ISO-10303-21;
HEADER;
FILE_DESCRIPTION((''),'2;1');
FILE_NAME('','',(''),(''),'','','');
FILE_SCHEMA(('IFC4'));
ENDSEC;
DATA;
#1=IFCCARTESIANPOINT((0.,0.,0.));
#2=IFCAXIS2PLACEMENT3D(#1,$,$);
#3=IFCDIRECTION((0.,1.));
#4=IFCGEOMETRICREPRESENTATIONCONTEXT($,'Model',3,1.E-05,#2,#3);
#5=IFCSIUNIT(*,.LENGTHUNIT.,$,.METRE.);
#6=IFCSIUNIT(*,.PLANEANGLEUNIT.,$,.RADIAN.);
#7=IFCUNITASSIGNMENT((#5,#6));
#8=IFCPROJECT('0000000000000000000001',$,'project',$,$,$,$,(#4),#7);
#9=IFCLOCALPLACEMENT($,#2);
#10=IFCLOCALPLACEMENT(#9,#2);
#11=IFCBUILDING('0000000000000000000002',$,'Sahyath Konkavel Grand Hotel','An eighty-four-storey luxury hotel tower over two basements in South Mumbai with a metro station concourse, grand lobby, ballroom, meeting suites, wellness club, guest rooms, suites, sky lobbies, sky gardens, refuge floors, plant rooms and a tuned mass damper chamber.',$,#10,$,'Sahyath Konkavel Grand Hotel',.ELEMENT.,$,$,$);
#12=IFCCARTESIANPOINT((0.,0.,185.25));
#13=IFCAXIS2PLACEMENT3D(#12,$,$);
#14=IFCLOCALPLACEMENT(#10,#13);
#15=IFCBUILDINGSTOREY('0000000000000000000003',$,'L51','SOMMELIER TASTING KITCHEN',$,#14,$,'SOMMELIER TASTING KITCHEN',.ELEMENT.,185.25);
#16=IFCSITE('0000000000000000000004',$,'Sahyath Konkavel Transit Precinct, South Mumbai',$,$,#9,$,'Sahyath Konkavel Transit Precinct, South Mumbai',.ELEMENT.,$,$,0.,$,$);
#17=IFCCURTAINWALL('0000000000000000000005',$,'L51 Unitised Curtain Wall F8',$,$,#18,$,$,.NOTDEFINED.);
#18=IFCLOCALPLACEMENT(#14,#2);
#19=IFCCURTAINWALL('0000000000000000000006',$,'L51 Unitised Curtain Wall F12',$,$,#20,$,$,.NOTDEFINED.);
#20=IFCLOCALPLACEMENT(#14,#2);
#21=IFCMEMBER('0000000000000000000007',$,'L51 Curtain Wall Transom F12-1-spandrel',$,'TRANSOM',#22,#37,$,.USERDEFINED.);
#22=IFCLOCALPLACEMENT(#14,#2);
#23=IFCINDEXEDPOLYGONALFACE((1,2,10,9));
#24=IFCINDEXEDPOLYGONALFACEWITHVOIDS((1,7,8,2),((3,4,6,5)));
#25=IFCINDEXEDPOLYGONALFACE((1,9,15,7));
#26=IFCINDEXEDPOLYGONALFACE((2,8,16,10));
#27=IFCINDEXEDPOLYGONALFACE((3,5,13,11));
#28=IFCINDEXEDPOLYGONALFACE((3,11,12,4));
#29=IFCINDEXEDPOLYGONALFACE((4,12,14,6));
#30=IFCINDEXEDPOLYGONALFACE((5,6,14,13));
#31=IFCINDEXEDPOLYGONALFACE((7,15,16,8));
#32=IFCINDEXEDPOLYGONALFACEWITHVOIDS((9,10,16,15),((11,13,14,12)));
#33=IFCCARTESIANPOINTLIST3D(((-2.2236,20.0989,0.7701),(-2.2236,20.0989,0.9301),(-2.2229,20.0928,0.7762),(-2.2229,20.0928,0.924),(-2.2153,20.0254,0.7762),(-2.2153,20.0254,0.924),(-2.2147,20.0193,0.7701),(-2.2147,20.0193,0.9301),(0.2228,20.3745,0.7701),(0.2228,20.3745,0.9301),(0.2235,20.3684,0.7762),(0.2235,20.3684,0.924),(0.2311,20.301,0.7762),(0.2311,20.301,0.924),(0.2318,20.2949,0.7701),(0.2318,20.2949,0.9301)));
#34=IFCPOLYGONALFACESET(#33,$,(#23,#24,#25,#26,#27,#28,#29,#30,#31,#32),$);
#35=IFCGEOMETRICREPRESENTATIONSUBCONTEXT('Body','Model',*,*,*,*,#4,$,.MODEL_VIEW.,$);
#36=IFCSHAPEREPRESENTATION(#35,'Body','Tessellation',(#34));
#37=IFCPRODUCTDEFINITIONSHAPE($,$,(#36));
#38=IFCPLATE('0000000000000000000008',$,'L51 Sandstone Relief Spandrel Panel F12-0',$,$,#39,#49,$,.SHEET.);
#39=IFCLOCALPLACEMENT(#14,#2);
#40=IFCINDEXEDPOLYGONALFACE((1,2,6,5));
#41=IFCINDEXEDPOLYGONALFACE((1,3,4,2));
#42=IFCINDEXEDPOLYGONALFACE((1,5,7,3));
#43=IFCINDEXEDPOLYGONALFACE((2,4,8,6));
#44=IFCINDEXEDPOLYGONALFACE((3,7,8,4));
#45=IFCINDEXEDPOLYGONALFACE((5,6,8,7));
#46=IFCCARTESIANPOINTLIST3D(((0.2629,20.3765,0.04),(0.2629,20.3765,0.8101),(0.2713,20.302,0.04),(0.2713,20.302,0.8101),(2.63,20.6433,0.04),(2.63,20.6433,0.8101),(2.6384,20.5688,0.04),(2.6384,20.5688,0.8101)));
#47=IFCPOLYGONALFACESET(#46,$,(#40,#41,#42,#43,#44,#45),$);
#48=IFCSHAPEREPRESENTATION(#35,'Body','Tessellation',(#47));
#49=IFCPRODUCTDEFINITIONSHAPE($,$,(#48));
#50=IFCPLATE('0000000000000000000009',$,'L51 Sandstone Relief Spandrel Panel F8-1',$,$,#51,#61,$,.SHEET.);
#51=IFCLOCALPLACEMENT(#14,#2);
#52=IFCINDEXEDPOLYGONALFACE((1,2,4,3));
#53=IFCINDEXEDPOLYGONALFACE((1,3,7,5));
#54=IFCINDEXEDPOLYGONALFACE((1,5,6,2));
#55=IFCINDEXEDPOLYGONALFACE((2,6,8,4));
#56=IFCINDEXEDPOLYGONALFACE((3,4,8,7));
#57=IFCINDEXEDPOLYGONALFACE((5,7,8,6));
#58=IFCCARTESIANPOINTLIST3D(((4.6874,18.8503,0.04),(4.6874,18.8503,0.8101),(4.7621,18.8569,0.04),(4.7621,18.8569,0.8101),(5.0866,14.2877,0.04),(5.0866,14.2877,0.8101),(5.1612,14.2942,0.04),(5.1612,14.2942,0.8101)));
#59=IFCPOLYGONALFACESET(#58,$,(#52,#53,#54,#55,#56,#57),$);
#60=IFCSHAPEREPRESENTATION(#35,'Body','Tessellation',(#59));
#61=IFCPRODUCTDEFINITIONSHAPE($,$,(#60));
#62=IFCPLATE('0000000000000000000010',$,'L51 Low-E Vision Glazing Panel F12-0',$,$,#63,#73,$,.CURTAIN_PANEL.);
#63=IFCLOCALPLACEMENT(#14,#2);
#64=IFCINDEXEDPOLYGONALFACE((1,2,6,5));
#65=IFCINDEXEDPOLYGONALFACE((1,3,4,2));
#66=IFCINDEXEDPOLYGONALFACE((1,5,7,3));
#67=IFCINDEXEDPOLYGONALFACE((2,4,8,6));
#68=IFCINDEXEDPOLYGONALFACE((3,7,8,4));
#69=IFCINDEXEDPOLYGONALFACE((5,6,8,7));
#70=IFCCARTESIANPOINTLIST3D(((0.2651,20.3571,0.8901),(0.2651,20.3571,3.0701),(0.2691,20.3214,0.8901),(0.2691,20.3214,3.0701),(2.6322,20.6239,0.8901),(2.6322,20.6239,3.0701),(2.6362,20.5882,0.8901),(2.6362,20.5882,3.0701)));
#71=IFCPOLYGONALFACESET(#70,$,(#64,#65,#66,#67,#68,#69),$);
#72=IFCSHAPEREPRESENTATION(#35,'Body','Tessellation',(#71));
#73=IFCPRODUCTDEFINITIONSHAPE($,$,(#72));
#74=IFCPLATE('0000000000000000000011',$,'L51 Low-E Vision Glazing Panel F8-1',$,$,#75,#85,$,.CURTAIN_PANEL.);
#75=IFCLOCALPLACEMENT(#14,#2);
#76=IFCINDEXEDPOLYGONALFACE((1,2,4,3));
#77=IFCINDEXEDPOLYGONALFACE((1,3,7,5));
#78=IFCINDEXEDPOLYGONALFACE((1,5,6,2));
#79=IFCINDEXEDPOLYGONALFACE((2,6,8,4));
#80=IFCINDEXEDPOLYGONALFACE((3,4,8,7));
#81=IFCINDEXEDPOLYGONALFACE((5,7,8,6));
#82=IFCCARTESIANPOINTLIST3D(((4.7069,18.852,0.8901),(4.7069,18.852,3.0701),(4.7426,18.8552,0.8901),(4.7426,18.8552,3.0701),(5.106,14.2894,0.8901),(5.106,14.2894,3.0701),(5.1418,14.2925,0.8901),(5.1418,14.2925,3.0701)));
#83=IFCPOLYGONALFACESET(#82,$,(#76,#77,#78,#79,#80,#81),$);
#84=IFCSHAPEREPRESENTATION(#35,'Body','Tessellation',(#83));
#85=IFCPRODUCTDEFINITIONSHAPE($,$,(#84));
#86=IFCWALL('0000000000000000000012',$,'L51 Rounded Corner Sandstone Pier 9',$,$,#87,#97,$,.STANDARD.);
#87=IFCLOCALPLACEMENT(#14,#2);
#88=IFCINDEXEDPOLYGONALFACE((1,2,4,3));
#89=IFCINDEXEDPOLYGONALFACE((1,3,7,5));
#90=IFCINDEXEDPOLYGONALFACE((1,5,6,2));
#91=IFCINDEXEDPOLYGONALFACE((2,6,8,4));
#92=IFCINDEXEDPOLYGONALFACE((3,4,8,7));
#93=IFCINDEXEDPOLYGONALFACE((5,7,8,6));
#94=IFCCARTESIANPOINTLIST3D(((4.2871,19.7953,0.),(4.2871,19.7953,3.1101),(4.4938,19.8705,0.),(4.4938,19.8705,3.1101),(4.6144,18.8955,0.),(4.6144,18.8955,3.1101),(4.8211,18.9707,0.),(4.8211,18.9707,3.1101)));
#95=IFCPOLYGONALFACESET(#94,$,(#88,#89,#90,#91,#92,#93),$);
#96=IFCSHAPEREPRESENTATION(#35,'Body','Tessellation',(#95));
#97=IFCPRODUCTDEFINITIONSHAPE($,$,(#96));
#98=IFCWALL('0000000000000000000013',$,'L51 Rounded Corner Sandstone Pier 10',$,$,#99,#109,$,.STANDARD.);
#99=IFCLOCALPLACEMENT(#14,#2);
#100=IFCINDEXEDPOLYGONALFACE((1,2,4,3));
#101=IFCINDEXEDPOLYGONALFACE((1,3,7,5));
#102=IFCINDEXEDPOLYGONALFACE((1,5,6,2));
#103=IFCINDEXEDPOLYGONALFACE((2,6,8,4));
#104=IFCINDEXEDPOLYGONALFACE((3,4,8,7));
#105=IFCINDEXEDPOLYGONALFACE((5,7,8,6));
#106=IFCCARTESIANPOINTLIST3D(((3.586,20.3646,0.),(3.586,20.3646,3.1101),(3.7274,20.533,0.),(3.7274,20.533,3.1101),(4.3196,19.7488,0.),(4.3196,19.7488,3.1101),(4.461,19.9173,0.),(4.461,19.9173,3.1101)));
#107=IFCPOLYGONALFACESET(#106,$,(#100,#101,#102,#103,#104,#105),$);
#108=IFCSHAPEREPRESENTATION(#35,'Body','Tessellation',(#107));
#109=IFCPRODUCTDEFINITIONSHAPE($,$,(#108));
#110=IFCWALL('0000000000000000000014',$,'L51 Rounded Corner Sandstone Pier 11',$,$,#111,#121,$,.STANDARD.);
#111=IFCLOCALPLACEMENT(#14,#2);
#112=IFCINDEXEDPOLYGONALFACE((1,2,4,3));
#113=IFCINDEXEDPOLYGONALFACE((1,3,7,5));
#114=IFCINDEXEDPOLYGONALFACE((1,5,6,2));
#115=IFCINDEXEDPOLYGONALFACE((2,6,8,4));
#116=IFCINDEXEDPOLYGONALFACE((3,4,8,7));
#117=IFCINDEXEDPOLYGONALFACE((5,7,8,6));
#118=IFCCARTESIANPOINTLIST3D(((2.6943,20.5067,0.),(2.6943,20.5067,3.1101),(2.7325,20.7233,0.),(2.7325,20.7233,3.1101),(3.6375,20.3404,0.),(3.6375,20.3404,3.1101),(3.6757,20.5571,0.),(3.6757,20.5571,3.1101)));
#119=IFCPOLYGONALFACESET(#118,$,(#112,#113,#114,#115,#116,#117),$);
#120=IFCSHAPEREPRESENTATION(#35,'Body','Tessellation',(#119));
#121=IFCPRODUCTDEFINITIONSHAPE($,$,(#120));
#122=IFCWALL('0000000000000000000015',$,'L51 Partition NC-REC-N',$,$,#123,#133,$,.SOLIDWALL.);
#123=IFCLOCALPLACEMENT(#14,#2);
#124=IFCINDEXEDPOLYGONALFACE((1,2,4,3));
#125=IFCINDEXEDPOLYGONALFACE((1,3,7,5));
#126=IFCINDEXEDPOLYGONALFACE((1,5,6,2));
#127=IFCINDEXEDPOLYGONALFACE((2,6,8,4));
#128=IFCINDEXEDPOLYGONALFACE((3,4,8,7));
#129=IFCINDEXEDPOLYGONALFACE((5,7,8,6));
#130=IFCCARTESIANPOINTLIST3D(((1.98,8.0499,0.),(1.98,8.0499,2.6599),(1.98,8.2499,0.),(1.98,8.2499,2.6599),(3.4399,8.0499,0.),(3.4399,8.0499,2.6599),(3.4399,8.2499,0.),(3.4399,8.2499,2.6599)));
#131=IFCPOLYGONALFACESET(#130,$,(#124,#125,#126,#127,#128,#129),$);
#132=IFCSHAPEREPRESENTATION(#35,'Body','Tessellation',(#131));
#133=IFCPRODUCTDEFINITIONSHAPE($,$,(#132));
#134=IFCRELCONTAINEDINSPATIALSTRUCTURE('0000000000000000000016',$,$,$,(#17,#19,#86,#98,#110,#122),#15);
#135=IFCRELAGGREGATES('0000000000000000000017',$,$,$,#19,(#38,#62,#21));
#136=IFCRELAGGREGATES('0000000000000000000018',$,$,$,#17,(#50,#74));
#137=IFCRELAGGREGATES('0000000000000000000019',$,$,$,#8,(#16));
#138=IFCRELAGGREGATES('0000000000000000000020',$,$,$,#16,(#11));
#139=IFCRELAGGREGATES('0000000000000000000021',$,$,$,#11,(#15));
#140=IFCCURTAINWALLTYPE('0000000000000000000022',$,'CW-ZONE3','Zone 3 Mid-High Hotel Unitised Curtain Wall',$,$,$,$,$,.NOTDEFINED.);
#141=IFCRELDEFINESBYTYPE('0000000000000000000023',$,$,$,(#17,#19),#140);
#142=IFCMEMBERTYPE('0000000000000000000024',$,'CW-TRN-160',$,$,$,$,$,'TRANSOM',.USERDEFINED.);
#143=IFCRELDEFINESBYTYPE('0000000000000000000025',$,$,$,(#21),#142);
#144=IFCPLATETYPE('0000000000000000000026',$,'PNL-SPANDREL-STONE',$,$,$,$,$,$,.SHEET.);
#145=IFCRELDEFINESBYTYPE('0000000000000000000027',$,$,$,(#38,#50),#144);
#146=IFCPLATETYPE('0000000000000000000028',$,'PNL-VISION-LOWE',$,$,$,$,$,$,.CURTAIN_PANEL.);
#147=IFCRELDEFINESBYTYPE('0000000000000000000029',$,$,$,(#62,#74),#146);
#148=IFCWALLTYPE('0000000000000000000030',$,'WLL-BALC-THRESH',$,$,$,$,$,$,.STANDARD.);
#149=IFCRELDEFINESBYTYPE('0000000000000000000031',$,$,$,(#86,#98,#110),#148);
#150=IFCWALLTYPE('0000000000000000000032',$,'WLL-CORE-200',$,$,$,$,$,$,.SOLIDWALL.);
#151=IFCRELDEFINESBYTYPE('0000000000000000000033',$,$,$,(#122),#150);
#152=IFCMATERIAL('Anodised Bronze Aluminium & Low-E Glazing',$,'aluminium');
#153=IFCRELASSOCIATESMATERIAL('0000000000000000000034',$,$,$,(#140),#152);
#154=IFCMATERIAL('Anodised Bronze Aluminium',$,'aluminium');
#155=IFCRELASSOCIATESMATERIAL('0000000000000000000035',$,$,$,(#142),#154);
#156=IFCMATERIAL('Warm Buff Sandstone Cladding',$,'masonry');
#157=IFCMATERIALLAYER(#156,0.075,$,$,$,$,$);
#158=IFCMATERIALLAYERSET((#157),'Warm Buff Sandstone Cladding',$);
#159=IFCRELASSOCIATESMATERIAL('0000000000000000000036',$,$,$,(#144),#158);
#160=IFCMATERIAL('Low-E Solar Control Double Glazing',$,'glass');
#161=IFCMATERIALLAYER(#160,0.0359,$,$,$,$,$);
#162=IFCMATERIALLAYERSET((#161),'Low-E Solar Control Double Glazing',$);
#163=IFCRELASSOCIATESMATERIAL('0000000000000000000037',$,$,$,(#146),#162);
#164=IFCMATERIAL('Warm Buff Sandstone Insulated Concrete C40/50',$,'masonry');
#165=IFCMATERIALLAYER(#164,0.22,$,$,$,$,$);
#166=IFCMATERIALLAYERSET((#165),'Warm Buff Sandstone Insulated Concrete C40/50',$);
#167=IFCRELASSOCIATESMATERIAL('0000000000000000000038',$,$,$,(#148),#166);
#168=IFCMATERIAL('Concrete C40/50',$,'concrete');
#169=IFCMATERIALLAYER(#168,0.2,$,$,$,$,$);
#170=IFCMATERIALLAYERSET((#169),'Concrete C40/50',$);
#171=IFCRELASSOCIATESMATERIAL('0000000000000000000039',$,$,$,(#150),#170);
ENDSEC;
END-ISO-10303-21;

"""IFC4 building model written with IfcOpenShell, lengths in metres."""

from ifc_helpers import new_model, si_unit, direction, frame, frame_2d, origin, origin_2d, place, context, subcontext, project, spatial, rectangle, hollow_rectangle, extrude, source, transform, mapped, material, layer, layer_set, material_profile, profile_set, type_object, element, aggregate, save


model = new_model("IFC4")

# Units and contexts
model_context = context("Model", 3, precision=1e-05, world=origin(), true_north=direction((0.0, 1.0)))
body_context = subcontext(model_context, "Body", "Model", "MODEL_VIEW")
ifc_project = project(units=[si_unit("LENGTHUNIT", "METRE"), si_unit("PLANEANGLEUNIT", "RADIAN")], contexts=[model_context])

# Site, building, storey
site_placement = place(None, origin())
site = spatial("IfcSite", under=ifc_project, at=site_placement, Name="Sahyath Konkavel Transit Precinct, South Mumbai", LongName="Sahyath Konkavel Transit Precinct, South Mumbai", CompositionType="ELEMENT", RefElevation=0.0)
building_placement = place(site_placement, origin())
building = spatial("IfcBuilding", under=site, at=building_placement, Name="Sahyath Konkavel Grand Hotel", Description="An eighty-four-storey luxury hotel tower over two basements in South Mumbai with a metro station concourse, grand lobby, ballroom, meeting suites, wellness club, guest rooms, suites, sky lobbies, sky gardens, refuge floors, plant rooms and a tuned mass damper chamber.", LongName="Sahyath Konkavel Grand Hotel", CompositionType="ELEMENT")
storey_placement = place(building_placement, frame((0.0, 0.0, 185.25)))
storey = spatial("IfcBuildingStorey", under=building, at=storey_placement, Name="L51", Description="SOMMELIER TASTING KITCHEN", LongName="SOMMELIER TASTING KITCHEN", CompositionType="ELEMENT", Elevation=185.25)

# Shared definitions
ifc_material_1 = material(Name="Concrete C40/50", Category="concrete")

# Curtain wall
ifc_material_2 = material(Name="Anodised Bronze Aluminium & Low-E Glazing", Category="aluminium")
curtain_wall_type = type_object("IfcCurtainWallType", Name="CW-ZONE3", Description="Zone 3 Mid-High Hotel Unitised Curtain Wall", PredefinedType="NOTDEFINED", material=ifc_material_2)
curtain_wall_1_placement = place(storey_placement, origin())
curtain_wall_1 = element("IfcCurtainWall", 1, at=curtain_wall_1_placement, inside=storey, type_object=curtain_wall_type, Name="L51 Unitised Curtain Wall F8", PredefinedType="NOTDEFINED")
ifc_material_3 = material(Name="Anodised Bronze Aluminium", Category="aluminium")

# Curtain wall, member, plate
curtain_wall_2_placement = place(storey_placement, origin())
curtain_wall_2 = element("IfcCurtainWall", 2, at=curtain_wall_2_placement, inside=storey, type_object=curtain_wall_type, Name="L51 Unitised Curtain Wall F12", PredefinedType="NOTDEFINED")
ifc_material_profile_1 = material_profile(ifc_material_3, hollow_rectangle(XDim=0.0801, YDim=0.1599, WallThickness=0.0061, at=origin_2d()), Name="RHS 160x80x6")
ifc_profile_set_1 = profile_set([ifc_material_profile_1], Name="Anodised Bronze Aluminium")
member_type_1 = type_object("IfcMemberType", Name="CW-TRN-160", ElementType="TRANSOM", PredefinedType="USERDEFINED", material=ifc_profile_set_1)
shared_shape_1 = source(origin(), body_context, "Body", "SweptSolid", [
    extrude(hollow_rectangle(XDim=0.0801, YDim=0.1599, WallThickness=0.0061, at=origin_2d()), origin(), (0.0, 0.0, 1.0), 2.4619),
])
member_1_placement = place(storey_placement, frame((0.2273, 20.3347, 0.8501), z_axis=(-0.993713, -0.111955, 0.0), x_axis=(0.111955, -0.993713, 0.0)))
member_1 = element("IfcMember", 3, at=member_1_placement, type_object=member_type_1, Name="L51 Curtain Wall Transom F12-1-spandrel", ObjectType="TRANSOM", PredefinedType="USERDEFINED", context=body_context, shape_type="MappedRepresentation", body=[
    mapped(shared_shape_1, transform((0.0, 0.0, 0.0), scale=1.0)),
])
ifc_material_4 = material(Name="Warm Buff Sandstone Cladding", Category="masonry")
ifc_layer_1 = layer(ifc_material_4, 0.075)
ifc_layer_set_1 = layer_set([ifc_layer_1], Name="Warm Buff Sandstone Cladding")
plate_type_1 = type_object("IfcPlateType", Name="PNL-SPANDREL-STONE", PredefinedType="SHEET", material=ifc_layer_set_1)
shared_shape_2 = source(origin(), body_context, "Body", "SweptSolid", [
    extrude(rectangle(XDim=2.3821, YDim=0.075, at=origin_2d()), origin(), (0.0, 0.0, 1.0), 0.77),
])
plate_1_placement = place(storey_placement, frame((1.4507, 20.4727, 0.04), z_axis=(0.0, 0.0, 1.0), x_axis=(-0.993707, -0.112007, 0.0)))
plate_1 = element("IfcPlate", 4, at=plate_1_placement, type_object=plate_type_1, Name="L51 Sandstone Relief Spandrel Panel F12-0", PredefinedType="SHEET", context=body_context, shape_type="MappedRepresentation", body=[
    mapped(shared_shape_2, transform((0.0, 0.0, 0.0), scale=1.0)),
])

# Plates
shared_shape_3 = source(origin(), body_context, "Body", "SweptSolid", [
    extrude(rectangle(XDim=4.5801, YDim=0.075, at=origin_2d()), origin(), (0.0, 0.0, 1.0), 0.77),
])
plate_2_placement = place(storey_placement, frame((4.9243, 16.5723, 0.04), z_axis=(0.0, 0.0, 1.0), x_axis=(-0.087156, 0.996195, 0.0)))
plate_2 = element("IfcPlate", 5, at=plate_2_placement, type_object=plate_type_1, Name="L51 Sandstone Relief Spandrel Panel F8-1", PredefinedType="SHEET", context=body_context, shape_type="MappedRepresentation", body=[
    mapped(shared_shape_3, transform((0.0, 0.0, 0.0), scale=1.0)),
])
ifc_material_5 = material(Name="Low-E Solar Control Double Glazing", Category="glass")
ifc_layer_2 = layer(ifc_material_5, 0.0359)
ifc_layer_set_2 = layer_set([ifc_layer_2], Name="Low-E Solar Control Double Glazing")
plate_type_2 = type_object("IfcPlateType", Name="PNL-VISION-LOWE", PredefinedType="CURTAIN_PANEL", material=ifc_layer_set_2)
shared_shape_4 = source(origin(), body_context, "Body", "SweptSolid", [
    extrude(rectangle(XDim=2.3821, YDim=0.0359, at=origin_2d()), origin(), (0.0, 0.0, 1.0), 2.1799),
])
plate_3_placement = place(storey_placement, frame((1.4507, 20.4727, 0.8901), z_axis=(0.0, 0.0, 1.0), x_axis=(-0.993707, -0.112007, 0.0)))
plate_3 = element("IfcPlate", 6, at=plate_3_placement, type_object=plate_type_2, Name="L51 Low-E Vision Glazing Panel F12-0", PredefinedType="CURTAIN_PANEL", context=body_context, shape_type="MappedRepresentation", body=[
    mapped(shared_shape_4, transform((0.0, 0.0, 0.0), scale=1.0)),
])
aggregate(curtain_wall_2, [plate_1, plate_3, member_1])
shared_shape_5 = source(origin(), body_context, "Body", "SweptSolid", [
    extrude(rectangle(XDim=4.5801, YDim=0.0359, at=origin_2d()), origin(), (0.0, 0.0, 1.0), 2.1799),
])
plate_4_placement = place(storey_placement, frame((4.9243, 16.5723, 0.8901), z_axis=(0.0, 0.0, 1.0), x_axis=(-0.087156, 0.996195, 0.0)))
plate_4 = element("IfcPlate", 7, at=plate_4_placement, type_object=plate_type_2, Name="L51 Low-E Vision Glazing Panel F8-1", PredefinedType="CURTAIN_PANEL", context=body_context, shape_type="MappedRepresentation", body=[
    mapped(shared_shape_5, transform((0.0, 0.0, 0.0), scale=1.0)),
])
aggregate(curtain_wall_1, [plate_2, plate_4])

# Walls
ifc_material_6 = material(Name="Warm Buff Sandstone Insulated Concrete C40/50", Category="masonry")
ifc_layer_3 = layer(ifc_material_6, 0.22)
ifc_layer_set_3 = layer_set([ifc_layer_3], Name="Warm Buff Sandstone Insulated Concrete C40/50")
wall_type_1 = type_object("IfcWallType", Name="WLL-BALC-THRESH", PredefinedType="STANDARD", material=ifc_layer_set_3)
wall_1_placement = place(storey_placement, frame((4.7178, 18.9331, 0.0), z_axis=(0.0, 0.0, 1.0), x_axis=(-0.341886, 0.939741, 0.0)))
element("IfcWall", 8, at=wall_1_placement, inside=storey, type_object=wall_type_1, Name="L51 Rounded Corner Sandstone Pier 9", PredefinedType="STANDARD", context=body_context, shape_type="SweptSolid", body=[
    extrude(rectangle(XDim=0.9575, YDim=0.22, at=frame_2d((0.4788, 0.0))), origin(), (0.0, 0.0, 1.0), 3.1101),
])
for number, where, z_axis, x_axis, name in (
    (9, (4.3904, 19.833, 0.0), (0.0, 0.0, 1.0), (-0.765981, 0.642863, 0.0), "L51 Rounded Corner Sandstone Pier 10"),
    (10, (3.6567, 20.4487, 0.0), (0.0, 0.0, 1.0), (-0.984814, 0.173611, 0.0), "L51 Rounded Corner Sandstone Pier 11"),
):
    element("IfcWall", number, at=place(storey_placement, frame(where, z_axis=z_axis, x_axis=x_axis)), inside=storey, type_object=wall_type_1, Name=name, PredefinedType="STANDARD", context=body_context, shape_type="SweptSolid", body=[
        extrude(rectangle(XDim=0.9578, YDim=0.22, at=frame_2d((0.479, 0.0))), origin(), (0.0, 0.0, 1.0), 3.1101),
    ])
ifc_layer_4 = layer(ifc_material_1, 0.2)
ifc_layer_set_4 = layer_set([ifc_layer_4], Name="Concrete C40/50")
wall_type_2 = type_object("IfcWallType", Name="WLL-CORE-200", PredefinedType="SOLIDWALL", material=ifc_layer_set_4)
wall_2_placement = place(storey_placement, frame((1.98, 8.1499, 0.0), z_axis=(0.0, 0.0, 1.0), x_axis=(1.0, 0.0, 0.0)))
element("IfcWall", 11, at=wall_2_placement, inside=storey, type_object=wall_type_2, Name="L51 Partition NC-REC-N", PredefinedType="SOLIDWALL", context=body_context, shape_type="SweptSolid", body=[
    extrude(rectangle(XDim=1.46, YDim=0.2, at=frame_2d((0.73, 0.0))), origin(), (0.0, 0.0, 1.0), 2.6599),
])

save(model, "model.ifc")
